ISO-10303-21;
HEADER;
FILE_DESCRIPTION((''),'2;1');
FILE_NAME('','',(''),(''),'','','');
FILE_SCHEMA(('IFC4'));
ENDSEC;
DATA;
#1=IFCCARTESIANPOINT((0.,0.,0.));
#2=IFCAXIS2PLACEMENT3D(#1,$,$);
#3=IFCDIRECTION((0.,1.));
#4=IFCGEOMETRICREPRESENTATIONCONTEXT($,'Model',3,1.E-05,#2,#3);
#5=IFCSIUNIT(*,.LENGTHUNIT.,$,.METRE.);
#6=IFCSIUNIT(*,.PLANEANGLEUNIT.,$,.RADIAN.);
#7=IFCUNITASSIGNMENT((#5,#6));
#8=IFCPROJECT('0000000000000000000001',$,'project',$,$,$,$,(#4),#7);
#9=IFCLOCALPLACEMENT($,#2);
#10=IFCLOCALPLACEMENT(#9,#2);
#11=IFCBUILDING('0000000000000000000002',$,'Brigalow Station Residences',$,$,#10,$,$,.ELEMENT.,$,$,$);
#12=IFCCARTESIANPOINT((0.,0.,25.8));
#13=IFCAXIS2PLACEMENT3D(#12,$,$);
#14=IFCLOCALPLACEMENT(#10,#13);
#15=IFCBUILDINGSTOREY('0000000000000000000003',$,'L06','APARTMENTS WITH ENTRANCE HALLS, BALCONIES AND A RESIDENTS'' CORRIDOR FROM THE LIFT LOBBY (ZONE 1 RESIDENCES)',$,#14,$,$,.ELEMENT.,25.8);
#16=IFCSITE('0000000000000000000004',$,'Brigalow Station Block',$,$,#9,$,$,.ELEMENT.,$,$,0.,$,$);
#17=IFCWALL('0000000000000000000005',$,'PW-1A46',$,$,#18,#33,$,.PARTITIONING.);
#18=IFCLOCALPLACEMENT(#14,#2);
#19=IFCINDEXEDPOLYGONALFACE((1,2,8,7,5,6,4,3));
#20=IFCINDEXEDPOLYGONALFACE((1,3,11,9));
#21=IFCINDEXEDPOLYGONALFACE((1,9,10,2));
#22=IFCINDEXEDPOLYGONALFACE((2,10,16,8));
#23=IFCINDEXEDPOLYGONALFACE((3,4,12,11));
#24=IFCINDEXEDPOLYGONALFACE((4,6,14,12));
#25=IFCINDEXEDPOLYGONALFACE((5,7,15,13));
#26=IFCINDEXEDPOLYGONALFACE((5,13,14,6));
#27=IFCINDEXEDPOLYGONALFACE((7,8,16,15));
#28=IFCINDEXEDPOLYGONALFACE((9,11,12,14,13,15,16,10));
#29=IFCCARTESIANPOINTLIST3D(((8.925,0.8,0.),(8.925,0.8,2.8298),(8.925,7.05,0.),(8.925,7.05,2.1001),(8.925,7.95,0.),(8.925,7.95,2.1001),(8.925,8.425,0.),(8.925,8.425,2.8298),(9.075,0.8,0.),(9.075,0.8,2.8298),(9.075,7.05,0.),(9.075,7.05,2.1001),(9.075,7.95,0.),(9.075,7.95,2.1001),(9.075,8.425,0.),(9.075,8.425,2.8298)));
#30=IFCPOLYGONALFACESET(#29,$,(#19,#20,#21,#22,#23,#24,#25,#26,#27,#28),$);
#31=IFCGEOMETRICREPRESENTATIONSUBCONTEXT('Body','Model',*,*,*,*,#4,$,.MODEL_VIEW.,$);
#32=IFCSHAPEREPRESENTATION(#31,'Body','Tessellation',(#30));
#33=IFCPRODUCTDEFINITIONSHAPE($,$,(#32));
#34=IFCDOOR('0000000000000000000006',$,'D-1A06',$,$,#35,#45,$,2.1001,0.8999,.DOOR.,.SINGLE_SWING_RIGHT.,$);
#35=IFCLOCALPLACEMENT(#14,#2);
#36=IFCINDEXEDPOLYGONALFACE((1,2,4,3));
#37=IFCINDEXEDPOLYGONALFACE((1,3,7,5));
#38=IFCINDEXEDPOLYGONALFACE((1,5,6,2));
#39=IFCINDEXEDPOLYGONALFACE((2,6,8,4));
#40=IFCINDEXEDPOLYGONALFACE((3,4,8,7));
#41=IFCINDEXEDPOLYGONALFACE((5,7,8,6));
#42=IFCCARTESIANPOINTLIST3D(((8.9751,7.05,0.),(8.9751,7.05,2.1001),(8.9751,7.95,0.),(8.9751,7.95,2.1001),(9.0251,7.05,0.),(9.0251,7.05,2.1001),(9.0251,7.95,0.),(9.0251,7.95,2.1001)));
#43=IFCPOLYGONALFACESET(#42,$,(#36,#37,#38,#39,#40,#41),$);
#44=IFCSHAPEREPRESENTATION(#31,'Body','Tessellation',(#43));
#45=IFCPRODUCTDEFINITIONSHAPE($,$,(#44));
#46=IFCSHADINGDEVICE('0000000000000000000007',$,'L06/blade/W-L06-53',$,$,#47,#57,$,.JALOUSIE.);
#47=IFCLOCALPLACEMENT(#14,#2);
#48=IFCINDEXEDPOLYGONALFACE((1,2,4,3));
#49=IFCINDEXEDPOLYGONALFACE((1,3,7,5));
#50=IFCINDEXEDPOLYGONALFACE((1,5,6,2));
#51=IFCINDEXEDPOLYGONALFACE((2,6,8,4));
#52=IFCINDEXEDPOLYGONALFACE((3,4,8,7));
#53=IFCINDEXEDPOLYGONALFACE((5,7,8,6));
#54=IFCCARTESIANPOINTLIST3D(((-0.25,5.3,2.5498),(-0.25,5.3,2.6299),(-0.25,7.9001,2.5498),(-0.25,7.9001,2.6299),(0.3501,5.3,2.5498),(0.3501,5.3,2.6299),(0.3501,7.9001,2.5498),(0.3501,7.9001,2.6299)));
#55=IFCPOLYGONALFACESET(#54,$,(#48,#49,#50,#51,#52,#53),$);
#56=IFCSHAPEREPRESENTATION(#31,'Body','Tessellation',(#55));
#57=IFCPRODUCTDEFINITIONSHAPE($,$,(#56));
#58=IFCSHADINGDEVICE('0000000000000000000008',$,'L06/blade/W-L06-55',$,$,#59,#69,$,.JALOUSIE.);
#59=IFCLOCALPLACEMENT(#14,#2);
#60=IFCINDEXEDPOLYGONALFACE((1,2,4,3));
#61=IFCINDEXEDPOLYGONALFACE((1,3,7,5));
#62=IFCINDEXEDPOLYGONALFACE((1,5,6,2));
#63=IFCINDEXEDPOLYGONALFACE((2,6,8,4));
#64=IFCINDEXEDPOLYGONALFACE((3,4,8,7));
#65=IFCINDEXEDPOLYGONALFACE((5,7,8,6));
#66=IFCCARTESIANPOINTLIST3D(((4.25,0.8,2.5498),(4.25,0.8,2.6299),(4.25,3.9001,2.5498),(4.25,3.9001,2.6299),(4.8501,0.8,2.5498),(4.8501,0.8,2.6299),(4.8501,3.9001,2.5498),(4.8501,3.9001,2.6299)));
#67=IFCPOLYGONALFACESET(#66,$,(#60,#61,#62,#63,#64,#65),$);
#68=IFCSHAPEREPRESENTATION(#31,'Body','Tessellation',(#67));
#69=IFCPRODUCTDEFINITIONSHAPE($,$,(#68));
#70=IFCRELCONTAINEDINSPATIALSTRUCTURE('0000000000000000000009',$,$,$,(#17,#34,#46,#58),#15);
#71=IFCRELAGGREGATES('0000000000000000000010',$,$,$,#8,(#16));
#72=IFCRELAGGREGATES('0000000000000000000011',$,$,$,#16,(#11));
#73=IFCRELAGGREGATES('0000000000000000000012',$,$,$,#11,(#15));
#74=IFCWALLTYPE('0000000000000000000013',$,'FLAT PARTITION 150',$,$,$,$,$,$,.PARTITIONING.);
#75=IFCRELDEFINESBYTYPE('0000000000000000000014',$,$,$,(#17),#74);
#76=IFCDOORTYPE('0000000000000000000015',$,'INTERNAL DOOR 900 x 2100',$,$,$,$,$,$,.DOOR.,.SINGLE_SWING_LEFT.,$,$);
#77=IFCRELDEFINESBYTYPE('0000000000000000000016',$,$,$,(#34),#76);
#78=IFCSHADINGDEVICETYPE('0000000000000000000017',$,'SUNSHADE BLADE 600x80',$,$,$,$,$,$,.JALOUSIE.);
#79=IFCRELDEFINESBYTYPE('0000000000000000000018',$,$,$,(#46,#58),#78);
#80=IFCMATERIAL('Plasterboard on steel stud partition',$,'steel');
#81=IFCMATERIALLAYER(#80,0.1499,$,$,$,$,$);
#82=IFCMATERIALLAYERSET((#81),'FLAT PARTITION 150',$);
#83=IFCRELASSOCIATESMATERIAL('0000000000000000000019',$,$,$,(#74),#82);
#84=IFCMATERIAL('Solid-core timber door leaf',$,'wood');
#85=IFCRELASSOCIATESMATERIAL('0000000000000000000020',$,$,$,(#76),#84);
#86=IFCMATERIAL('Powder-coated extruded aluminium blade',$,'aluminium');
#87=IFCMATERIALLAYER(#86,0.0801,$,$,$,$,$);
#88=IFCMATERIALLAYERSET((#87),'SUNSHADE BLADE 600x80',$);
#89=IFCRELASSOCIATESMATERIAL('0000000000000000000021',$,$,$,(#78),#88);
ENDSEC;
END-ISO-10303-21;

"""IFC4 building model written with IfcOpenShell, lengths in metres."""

from ifc_helpers import new_model, si_unit, direction, frame, frame_2d, origin, origin_2d, place, context, subcontext, project, spatial, rectangle, extrude, material, layer, layer_set, type_object, element, fill, save


model = new_model("IFC4")

# Units and contexts
model_context = context("Model", 3, precision=1e-05, world=origin(), true_north=direction((0.0, 1.0)))
body_context = subcontext(model_context, "Body", "Model", "MODEL_VIEW")
ifc_project = project(units=[si_unit("LENGTHUNIT", "METRE"), si_unit("PLANEANGLEUNIT", "RADIAN")], contexts=[model_context])

# Site, building, storey
site_placement = place(None, origin())
site = spatial("IfcSite", under=ifc_project, at=site_placement, Name="Brigalow Station Block", CompositionType="ELEMENT", RefElevation=0.0)
building_placement = place(site_placement, origin())
building = spatial("IfcBuilding", under=site, at=building_placement, Name="Brigalow Station Residences", CompositionType="ELEMENT")
storey_placement = place(building_placement, frame((0.0, 0.0, 25.8)))
storey = spatial("IfcBuildingStorey", under=building, at=storey_placement, Name="L06", Description="APARTMENTS WITH ENTRANCE HALLS, BALCONIES AND A RESIDENTS' CORRIDOR FROM THE LIFT LOBBY (ZONE 1 RESIDENCES)", CompositionType="ELEMENT", Elevation=25.8)

# Shared definitions
ifc_material_1 = material(Name="Plasterboard on steel stud partition", Category="steel")
ifc_layer_1 = layer(ifc_material_1, 0.1499)
ifc_layer_set_1 = layer_set([ifc_layer_1], Name="FLAT PARTITION 150")
wall_type_1 = type_object("IfcWallType", Name="FLAT PARTITION 150", PredefinedType="PARTITIONING", material=ifc_layer_set_1)
ifc_material_2 = material(Name="Solid-core timber door leaf", Category="wood")
door_type = type_object("IfcDoorType", Name="INTERNAL DOOR 900 x 2100", OperationType="SINGLE_SWING_LEFT", PredefinedType="DOOR", material=ifc_material_2)

# Wall, opening, door
wall_1_placement = place(storey_placement, frame((9.0, 0.8, 0.0), z_axis=(0.0, 0.0, 1.0), x_axis=(0.0, 1.0, 0.0)))
wall_1 = element("IfcWall", 1, at=wall_1_placement, inside=storey, type_object=wall_type_1, Name="PW-1A46", PredefinedType="PARTITIONING", context=body_context, shape_type="SweptSolid", body=[
    extrude(rectangle(XDim=7.625, YDim=0.1499, at=frame_2d((3.8125, 0.0))), origin(), (0.0, 0.0, 1.0), 2.8298),
])
opening_1_placement = place(wall_1_placement, frame((6.25, 0.0, 0.0)))
opening_1 = element("IfcOpeningElement", 2, at=opening_1_placement, cuts=wall_1, PredefinedType="OPENING", context=body_context, shape_type="SweptSolid", body=[
    extrude(rectangle(XDim=0.8999, YDim=2.1001, at=frame_2d((0.45, 1.05))), frame((0.0, 0.085, 0.0), z_axis=(0.0, -1.0, 0.0), x_axis=(1.0, 0.0, 0.0)), (0.0, 0.0, 1.0), 0.1699),
])
door_1_placement = place(opening_1_placement, origin())
door_1 = element("IfcDoor", 3, at=door_1_placement, inside=storey, type_object=door_type, Name="D-1A06", OperationType="SINGLE_SWING_RIGHT", OverallHeight=2.1001, OverallWidth=0.8999, PredefinedType="DOOR", context=body_context, shape_type="SweptSolid", body=[
    extrude(rectangle(XDim=0.8999, YDim=2.1001, at=frame_2d((0.45, 1.05))), frame((0.0, 0.0249, 0.0), z_axis=(0.0, -1.0, 0.0), x_axis=(1.0, 0.0, 0.0)), (0.0, 0.0, 1.0), 0.05),
])
fill(opening_1, door_1)

# Shading devices
ifc_material_3 = material(Name="Powder-coated extruded aluminium blade", Category="aluminium")
ifc_layer_2 = layer(ifc_material_3, 0.0801)
ifc_layer_set_2 = layer_set([ifc_layer_2], Name="SUNSHADE BLADE 600x80")
shading_device_type = type_object("IfcShadingDeviceType", Name="SUNSHADE BLADE 600x80", PredefinedType="JALOUSIE", material=ifc_layer_set_2)
shading_device_1_placement = place(storey_placement, frame((0.05, 6.6001, 2.5498), z_axis=(0.0, 0.0, 1.0), x_axis=(0.0, -1.0, 0.0)))
element("IfcShadingDevice", 4, at=shading_device_1_placement, inside=storey, type_object=shading_device_type, Name="L06/blade/W-L06-53", PredefinedType="JALOUSIE", context=body_context, shape_type="SweptSolid", body=[
    extrude(rectangle(XDim=2.6001, YDim=0.6001, at=origin_2d()), origin(), (0.0, 0.0, 1.0), 0.0801),
])
shading_device_2_placement = place(storey_placement, frame((4.55, 2.3501, 2.5498), z_axis=(0.0, 0.0, 1.0), x_axis=(0.0, -1.0, 0.0)))
element("IfcShadingDevice", 5, at=shading_device_2_placement, inside=storey, type_object=shading_device_type, Name="L06/blade/W-L06-55", PredefinedType="JALOUSIE", context=body_context, shape_type="SweptSolid", body=[
    extrude(rectangle(XDim=3.1001, YDim=0.6001, at=origin_2d()), origin(), (0.0, 0.0, 1.0), 0.0801),
])

save(model, "model.ifc")
